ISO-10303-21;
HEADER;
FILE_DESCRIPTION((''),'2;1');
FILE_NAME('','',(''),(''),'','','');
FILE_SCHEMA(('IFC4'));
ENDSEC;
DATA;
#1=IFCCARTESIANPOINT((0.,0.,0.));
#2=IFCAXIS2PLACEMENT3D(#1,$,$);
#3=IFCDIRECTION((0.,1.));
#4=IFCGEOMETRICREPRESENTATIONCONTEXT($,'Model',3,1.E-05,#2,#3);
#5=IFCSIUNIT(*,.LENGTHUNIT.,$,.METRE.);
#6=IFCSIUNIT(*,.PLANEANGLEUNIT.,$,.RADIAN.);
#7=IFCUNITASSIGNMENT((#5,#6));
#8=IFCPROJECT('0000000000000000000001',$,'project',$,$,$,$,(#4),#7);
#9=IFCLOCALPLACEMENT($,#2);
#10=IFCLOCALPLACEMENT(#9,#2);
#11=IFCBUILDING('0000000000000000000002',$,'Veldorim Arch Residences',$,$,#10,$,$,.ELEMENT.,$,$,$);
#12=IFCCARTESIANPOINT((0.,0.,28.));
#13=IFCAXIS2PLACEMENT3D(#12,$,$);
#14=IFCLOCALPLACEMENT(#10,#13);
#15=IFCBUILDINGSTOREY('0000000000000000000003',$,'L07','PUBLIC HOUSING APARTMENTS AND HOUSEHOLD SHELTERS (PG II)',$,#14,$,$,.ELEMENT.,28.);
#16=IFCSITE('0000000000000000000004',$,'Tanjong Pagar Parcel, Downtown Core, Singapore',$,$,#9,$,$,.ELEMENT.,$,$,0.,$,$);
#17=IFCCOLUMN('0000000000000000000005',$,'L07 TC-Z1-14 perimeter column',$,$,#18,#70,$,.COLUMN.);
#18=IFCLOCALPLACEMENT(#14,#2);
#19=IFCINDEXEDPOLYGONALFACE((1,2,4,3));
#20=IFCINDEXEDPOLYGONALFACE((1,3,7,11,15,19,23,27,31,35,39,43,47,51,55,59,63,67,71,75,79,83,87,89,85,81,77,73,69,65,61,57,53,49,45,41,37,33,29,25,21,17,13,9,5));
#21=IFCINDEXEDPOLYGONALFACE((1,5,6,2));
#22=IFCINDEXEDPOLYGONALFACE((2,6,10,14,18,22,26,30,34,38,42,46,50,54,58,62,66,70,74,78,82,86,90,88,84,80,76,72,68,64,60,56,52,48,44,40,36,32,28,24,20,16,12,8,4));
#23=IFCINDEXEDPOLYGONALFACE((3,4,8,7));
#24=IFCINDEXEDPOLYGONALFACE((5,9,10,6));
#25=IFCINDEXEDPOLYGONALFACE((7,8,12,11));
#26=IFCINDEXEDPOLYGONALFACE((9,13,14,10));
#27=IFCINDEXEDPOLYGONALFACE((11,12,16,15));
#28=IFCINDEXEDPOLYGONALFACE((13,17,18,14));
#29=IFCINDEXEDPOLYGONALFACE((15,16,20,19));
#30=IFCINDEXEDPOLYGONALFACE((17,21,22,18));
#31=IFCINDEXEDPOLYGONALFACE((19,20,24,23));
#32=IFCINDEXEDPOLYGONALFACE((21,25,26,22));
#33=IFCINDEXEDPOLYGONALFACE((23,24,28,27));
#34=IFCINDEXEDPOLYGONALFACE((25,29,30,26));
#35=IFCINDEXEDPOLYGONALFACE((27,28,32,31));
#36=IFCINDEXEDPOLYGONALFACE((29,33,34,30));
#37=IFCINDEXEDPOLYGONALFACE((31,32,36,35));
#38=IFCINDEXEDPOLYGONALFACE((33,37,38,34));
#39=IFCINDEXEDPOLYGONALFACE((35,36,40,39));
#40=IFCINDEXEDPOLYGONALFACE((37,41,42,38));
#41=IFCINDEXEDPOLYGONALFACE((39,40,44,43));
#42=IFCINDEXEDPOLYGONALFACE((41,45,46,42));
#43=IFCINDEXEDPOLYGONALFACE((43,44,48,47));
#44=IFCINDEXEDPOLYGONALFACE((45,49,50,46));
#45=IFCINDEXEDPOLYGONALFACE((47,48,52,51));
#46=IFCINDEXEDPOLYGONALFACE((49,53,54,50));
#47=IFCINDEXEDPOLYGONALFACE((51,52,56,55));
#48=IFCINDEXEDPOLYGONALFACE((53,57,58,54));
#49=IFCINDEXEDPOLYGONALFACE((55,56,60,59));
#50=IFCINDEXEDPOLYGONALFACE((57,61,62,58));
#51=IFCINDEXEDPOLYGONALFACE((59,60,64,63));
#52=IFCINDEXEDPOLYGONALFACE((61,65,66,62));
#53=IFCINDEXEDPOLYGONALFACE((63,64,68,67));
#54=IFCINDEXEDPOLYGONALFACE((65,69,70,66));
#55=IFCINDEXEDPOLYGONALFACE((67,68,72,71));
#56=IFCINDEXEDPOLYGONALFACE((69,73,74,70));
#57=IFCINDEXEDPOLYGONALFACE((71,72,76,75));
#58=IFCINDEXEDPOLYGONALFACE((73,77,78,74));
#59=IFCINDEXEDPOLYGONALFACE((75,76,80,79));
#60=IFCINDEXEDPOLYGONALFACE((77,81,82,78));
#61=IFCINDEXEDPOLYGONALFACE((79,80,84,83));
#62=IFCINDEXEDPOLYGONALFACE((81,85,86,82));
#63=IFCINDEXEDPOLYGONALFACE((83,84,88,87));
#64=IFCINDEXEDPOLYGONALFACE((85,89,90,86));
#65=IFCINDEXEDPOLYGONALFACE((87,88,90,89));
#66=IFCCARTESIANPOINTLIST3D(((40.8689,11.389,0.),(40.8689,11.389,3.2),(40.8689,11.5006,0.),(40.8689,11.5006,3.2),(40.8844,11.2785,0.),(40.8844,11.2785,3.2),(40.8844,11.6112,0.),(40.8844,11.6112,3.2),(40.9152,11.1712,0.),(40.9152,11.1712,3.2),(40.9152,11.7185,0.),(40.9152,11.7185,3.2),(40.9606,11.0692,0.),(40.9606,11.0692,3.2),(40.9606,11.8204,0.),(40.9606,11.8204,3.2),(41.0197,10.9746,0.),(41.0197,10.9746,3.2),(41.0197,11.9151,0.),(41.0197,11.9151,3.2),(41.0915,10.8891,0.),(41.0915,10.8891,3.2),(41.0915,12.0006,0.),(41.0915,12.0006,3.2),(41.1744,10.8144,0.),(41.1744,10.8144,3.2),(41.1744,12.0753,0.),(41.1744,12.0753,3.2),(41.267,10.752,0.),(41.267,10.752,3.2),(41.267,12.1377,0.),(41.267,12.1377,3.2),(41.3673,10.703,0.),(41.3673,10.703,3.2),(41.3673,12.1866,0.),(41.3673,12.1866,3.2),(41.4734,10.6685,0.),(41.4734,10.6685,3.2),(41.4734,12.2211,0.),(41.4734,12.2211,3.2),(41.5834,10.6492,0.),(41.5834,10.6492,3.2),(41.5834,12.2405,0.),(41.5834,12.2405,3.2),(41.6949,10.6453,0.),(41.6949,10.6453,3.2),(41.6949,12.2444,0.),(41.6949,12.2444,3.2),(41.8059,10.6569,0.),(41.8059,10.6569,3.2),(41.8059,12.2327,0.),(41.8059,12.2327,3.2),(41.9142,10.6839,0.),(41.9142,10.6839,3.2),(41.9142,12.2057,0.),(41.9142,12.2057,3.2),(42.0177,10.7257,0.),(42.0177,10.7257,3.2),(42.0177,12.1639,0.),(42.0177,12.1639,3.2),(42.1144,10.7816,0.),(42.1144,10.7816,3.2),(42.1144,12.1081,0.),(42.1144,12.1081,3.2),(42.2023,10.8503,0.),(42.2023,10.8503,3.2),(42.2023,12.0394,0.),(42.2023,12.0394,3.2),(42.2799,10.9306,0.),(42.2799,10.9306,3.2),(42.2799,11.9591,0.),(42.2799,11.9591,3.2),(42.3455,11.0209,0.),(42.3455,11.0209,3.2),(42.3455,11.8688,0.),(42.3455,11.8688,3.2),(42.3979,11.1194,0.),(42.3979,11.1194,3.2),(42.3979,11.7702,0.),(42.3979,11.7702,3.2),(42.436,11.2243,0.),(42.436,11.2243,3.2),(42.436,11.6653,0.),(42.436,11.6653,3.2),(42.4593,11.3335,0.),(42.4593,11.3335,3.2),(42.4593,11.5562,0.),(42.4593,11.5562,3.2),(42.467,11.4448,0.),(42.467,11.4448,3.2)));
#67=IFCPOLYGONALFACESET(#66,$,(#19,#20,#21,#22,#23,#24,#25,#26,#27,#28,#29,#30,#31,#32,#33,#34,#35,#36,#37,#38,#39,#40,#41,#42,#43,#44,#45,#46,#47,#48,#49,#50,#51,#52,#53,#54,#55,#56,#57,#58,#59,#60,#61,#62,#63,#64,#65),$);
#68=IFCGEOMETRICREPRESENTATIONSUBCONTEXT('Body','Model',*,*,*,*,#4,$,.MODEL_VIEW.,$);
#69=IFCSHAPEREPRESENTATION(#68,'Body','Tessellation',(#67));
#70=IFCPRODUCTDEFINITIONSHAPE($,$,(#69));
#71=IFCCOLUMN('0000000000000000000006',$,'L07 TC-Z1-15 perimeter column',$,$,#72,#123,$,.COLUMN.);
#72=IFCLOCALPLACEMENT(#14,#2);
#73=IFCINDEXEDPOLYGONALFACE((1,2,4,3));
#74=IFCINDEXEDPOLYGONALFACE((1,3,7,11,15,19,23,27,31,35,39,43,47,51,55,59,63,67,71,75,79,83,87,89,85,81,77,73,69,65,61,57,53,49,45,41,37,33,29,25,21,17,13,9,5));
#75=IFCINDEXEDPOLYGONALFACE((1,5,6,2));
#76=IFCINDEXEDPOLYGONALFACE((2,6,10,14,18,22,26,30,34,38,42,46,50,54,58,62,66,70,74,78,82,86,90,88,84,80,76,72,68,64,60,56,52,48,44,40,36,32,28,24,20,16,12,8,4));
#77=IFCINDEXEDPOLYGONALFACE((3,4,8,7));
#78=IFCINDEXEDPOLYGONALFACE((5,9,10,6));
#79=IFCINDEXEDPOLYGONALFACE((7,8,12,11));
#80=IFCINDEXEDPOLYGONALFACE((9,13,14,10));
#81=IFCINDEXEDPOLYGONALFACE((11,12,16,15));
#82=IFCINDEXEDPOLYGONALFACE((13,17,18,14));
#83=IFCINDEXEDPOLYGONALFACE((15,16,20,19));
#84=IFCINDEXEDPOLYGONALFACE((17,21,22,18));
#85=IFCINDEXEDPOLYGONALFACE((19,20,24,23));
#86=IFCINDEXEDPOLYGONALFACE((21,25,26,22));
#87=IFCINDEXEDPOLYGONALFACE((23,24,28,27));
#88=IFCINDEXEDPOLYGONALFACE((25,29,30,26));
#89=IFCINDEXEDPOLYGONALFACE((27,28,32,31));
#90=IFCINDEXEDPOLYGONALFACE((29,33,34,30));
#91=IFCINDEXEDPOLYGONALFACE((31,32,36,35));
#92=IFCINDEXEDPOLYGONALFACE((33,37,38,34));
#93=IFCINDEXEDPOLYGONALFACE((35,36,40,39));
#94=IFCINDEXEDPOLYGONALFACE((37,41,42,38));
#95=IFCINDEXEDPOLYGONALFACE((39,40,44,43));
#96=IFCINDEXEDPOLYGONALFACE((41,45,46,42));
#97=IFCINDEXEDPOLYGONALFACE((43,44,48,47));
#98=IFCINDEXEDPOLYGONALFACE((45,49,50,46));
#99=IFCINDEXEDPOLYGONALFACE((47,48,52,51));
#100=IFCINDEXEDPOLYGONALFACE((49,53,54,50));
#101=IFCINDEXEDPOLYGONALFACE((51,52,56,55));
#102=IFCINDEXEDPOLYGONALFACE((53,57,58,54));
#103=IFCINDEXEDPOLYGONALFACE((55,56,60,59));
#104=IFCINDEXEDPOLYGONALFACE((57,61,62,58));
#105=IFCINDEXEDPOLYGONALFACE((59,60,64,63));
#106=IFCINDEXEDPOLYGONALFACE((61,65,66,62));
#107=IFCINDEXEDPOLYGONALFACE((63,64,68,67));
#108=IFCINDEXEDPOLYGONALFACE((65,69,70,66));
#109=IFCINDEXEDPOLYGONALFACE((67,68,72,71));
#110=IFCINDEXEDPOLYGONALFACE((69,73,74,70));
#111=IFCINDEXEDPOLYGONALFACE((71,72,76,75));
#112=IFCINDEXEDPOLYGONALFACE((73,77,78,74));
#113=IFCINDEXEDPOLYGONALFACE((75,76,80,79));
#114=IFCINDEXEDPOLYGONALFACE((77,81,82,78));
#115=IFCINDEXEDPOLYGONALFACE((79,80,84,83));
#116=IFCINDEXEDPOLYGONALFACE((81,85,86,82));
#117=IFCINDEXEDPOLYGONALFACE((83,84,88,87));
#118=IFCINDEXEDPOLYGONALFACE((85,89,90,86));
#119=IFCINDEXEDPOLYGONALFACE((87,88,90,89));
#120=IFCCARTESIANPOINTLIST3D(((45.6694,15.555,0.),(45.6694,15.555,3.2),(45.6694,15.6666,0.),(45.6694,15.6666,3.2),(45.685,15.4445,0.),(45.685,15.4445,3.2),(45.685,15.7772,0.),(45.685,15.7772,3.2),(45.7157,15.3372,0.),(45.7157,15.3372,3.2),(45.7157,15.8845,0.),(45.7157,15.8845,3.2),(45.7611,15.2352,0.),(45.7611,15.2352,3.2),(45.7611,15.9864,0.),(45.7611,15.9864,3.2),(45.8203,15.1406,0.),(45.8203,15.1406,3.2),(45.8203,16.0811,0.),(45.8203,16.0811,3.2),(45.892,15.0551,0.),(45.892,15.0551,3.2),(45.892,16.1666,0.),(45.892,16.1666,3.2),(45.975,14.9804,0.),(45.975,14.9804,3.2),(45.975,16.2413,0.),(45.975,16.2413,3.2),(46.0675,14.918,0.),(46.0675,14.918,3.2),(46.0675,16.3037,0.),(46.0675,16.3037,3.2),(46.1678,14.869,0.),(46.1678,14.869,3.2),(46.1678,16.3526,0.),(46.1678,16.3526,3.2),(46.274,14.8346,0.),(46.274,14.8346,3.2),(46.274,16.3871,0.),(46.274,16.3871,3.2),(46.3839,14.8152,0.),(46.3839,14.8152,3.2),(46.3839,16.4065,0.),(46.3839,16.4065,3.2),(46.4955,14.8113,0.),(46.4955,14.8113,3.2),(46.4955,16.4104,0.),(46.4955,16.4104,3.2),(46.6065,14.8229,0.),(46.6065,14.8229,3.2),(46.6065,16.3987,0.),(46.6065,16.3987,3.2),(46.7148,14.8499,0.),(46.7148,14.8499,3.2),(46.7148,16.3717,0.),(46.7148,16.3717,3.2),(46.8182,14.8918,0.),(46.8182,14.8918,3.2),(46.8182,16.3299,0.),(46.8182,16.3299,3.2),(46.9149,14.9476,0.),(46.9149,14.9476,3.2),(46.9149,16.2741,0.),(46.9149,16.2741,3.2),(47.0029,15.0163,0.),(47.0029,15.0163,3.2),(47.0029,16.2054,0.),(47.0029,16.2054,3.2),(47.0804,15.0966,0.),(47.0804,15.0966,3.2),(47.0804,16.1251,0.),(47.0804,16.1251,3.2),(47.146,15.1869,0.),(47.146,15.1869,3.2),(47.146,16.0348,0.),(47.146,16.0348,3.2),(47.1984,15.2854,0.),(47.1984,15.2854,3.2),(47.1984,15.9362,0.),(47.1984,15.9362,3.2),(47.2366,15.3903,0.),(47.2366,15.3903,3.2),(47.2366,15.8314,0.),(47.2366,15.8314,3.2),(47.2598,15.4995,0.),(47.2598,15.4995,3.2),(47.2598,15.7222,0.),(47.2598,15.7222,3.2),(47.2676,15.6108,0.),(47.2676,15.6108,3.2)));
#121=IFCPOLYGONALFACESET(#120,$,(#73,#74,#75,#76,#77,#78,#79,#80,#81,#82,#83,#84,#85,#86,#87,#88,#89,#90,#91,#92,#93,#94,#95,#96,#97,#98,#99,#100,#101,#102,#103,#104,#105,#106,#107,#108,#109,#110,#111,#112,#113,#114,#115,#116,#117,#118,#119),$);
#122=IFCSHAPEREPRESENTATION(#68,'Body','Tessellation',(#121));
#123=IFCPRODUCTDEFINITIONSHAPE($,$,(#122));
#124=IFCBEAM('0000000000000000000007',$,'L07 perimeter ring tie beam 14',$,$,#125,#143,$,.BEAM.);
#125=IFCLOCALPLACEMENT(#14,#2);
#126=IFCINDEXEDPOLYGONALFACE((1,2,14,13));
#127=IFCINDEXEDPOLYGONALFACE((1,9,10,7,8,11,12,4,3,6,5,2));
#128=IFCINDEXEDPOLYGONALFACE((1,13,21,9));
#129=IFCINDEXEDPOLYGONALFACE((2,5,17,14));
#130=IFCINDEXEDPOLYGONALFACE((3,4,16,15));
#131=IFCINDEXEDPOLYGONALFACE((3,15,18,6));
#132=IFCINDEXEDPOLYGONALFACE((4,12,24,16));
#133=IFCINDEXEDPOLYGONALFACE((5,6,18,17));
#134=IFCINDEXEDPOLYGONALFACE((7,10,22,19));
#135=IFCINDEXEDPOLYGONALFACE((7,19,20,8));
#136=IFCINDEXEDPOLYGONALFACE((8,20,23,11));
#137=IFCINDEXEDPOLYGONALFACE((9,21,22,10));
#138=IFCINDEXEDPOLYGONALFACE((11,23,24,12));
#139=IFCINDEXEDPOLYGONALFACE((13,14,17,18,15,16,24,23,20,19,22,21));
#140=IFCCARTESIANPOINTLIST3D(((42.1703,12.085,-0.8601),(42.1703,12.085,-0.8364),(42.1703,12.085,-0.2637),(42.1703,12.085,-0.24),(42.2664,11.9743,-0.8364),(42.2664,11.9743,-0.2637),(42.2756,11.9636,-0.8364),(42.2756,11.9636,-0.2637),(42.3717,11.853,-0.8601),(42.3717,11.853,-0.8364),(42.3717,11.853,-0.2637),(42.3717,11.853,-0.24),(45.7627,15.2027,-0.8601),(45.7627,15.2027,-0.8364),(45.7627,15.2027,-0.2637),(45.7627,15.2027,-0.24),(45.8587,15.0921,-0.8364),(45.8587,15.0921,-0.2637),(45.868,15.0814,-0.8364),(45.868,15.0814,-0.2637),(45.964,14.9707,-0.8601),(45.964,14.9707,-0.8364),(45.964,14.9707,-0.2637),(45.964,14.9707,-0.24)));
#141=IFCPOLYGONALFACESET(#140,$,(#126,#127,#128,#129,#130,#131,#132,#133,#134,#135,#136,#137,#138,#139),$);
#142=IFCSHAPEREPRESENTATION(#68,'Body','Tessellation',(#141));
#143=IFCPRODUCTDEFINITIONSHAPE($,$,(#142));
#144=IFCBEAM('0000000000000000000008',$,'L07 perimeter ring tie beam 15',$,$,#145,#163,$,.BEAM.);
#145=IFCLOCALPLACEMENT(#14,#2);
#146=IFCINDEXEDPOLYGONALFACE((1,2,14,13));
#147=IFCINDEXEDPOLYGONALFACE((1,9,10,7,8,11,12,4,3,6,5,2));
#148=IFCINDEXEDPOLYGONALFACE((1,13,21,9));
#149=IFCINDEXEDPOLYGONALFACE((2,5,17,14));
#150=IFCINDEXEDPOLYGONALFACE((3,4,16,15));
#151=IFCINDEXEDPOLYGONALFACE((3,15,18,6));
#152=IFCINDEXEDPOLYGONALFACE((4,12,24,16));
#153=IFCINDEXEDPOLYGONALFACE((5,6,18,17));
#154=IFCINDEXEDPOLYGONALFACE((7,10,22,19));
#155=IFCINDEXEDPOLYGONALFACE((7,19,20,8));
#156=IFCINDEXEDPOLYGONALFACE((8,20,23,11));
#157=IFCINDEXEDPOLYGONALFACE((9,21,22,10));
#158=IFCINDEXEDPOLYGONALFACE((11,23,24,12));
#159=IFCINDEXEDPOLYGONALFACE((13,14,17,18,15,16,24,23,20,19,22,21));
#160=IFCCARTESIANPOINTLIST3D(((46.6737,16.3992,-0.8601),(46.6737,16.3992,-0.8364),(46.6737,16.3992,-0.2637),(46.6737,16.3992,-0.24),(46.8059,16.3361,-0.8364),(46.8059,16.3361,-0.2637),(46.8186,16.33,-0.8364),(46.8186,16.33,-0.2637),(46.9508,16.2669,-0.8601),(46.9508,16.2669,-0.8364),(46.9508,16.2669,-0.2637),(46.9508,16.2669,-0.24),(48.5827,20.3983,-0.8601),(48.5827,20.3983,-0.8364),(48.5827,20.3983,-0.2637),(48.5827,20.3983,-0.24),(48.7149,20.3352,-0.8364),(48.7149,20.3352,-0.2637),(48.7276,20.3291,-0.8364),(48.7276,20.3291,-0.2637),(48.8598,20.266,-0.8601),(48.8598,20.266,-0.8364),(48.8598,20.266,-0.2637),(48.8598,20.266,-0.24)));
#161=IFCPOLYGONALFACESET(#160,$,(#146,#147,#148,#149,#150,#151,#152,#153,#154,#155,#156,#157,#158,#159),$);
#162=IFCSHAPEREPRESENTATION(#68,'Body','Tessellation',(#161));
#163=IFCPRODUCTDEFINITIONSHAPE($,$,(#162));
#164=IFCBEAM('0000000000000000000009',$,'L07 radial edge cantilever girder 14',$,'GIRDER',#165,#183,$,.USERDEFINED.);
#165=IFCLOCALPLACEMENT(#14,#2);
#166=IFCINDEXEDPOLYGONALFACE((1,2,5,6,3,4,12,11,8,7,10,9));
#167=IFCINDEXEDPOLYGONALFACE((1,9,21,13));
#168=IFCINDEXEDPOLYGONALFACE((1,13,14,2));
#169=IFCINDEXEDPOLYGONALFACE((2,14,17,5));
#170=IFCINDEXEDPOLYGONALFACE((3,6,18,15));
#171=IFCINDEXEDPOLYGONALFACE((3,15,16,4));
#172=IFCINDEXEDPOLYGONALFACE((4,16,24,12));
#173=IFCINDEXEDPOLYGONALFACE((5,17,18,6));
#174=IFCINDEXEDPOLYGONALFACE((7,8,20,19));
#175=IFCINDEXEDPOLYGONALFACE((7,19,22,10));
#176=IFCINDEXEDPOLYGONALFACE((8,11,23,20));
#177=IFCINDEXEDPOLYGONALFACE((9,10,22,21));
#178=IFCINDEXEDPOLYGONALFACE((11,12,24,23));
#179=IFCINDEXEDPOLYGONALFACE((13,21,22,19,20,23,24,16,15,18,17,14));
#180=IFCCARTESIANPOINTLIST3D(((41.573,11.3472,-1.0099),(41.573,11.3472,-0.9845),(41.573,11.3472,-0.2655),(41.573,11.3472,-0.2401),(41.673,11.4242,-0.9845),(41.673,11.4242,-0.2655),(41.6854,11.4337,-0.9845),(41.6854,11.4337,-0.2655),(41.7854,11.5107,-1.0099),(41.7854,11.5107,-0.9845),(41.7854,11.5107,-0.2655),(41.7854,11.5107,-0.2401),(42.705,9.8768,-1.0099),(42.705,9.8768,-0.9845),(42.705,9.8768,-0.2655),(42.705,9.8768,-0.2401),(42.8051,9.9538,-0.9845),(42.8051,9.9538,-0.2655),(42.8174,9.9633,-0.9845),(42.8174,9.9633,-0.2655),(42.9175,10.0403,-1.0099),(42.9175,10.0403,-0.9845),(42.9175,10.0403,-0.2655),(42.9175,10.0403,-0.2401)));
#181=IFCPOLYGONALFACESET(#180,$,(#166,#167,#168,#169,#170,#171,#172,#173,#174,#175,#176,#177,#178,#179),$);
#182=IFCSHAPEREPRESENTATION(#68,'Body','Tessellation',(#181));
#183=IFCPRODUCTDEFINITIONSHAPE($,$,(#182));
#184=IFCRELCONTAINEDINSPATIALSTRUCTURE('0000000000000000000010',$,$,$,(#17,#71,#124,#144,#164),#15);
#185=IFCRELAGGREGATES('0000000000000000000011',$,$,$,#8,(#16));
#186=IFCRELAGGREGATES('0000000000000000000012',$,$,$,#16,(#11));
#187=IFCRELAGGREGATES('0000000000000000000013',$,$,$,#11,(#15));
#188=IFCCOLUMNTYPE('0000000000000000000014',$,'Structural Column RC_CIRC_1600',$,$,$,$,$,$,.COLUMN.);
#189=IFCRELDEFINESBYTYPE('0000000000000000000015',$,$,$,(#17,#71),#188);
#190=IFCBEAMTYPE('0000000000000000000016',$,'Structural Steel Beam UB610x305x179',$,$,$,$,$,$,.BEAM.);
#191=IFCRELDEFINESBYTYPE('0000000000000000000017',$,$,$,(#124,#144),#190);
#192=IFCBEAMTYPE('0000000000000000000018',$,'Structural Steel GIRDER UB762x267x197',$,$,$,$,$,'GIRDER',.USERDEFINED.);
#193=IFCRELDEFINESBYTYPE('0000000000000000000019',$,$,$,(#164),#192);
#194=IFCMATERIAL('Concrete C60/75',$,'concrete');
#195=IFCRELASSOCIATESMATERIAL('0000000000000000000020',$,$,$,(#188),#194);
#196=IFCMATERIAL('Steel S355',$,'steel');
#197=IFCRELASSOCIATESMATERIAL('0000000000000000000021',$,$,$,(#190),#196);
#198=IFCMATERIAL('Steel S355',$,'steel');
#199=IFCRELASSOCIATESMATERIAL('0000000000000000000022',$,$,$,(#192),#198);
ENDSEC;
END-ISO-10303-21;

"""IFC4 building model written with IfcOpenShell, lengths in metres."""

from ifc_helpers import new_model, si_unit, direction, frame, origin, origin_2d, place, context, subcontext, project, spatial, circle, i_section, extrude, material, material_profile, profile_set, type_object, element, save


model = new_model("IFC4")

# Units and contexts
model_context = context("Model", 3, precision=1e-05, world=origin(), true_north=direction((0.0, 1.0)))
body_context = subcontext(model_context, "Body", "Model", "MODEL_VIEW")
ifc_project = project(units=[si_unit("LENGTHUNIT", "METRE"), si_unit("PLANEANGLEUNIT", "RADIAN")], contexts=[model_context])

# Site, building, storey
site_placement = place(None, origin())
site = spatial("IfcSite", under=ifc_project, at=site_placement, Name="Tanjong Pagar Parcel, Downtown Core, Singapore", CompositionType="ELEMENT", RefElevation=0.0)
building_placement = place(site_placement, origin())
building = spatial("IfcBuilding", under=site, at=building_placement, Name="Veldorim Arch Residences", CompositionType="ELEMENT")
storey_placement = place(building_placement, frame((0.0, 0.0, 28.0)))
storey = spatial("IfcBuildingStorey", under=building, at=storey_placement, Name="L07", Description="PUBLIC HOUSING APARTMENTS AND HOUSEHOLD SHELTERS (PG II)", CompositionType="ELEMENT", Elevation=28.0)

# Columns
ifc_material_1 = material(Name="Concrete C60/75", Category="concrete")
ifc_material_profile_1 = material_profile(ifc_material_1, circle(Radius=0.8, at=origin_2d()), Name="RC_CIRC_1600")
ifc_profile_set_1 = profile_set([ifc_material_profile_1], Name="Concrete C60/75")
column_type = type_object("IfcColumnType", Name="Structural Column RC_CIRC_1600", PredefinedType="COLUMN", material=ifc_profile_set_1)
for number, where, z_axis, x_axis, name in (
    (1, (41.667, 11.4448, 0.0), (0.0, 0.0, 1.0), (1.0, 0.0, 0.0), "L07 TC-Z1-14 perimeter column"),
    (2, (46.4675, 15.6108, 0.0), (0.0, 0.0, 1.0), (1.0, 0.0, 0.0), "L07 TC-Z1-15 perimeter column"),
):
    element("IfcColumn", number, at=place(storey_placement, frame(where, z_axis=z_axis, x_axis=x_axis)), inside=storey, type_object=column_type, Name=name, PredefinedType="COLUMN", context=body_context, shape_type="SweptSolid", body=[
        extrude(circle(Radius=0.8, at=origin_2d()), origin(), (0.0, 0.0, 1.0), 3.2),
    ])

# Beams
ifc_material_2 = material(Name="Steel S355", Category="steel")
ifc_material_profile_2 = material_profile(ifc_material_2, i_section(OverallWidth=0.3071, OverallDepth=0.6201, WebThickness=0.0142, FlangeThickness=0.0237, at=origin_2d()), Name="UB610x305x179")
ifc_profile_set_2 = profile_set([ifc_material_profile_2], Name="Steel S355")
beam_type_1 = type_object("IfcBeamType", Name="Structural Steel Beam UB610x305x179", PredefinedType="BEAM", material=ifc_profile_set_2)
beam_1_placement = place(storey_placement, frame((42.271, 11.969, -0.55), z_axis=(0.755235, 0.655454, 0.0), x_axis=(-0.655454, 0.755235, 0.0)))
element("IfcBeam", 3, at=beam_1_placement, inside=storey, type_object=beam_type_1, Name="L07 perimeter ring tie beam 14", PredefinedType="BEAM", context=body_context, shape_type="SweptSolid", body=[
    extrude(i_section(OverallWidth=0.3071, OverallDepth=0.6201, WebThickness=0.0142, FlangeThickness=0.0237, at=origin_2d()), origin(), (0.0, 0.0, 1.0), 4.7566),
])
beam_2_placement = place(storey_placement, frame((46.8123, 16.333, -0.55), z_axis=(0.430787, 0.902454, 0.0), x_axis=(-0.902454, 0.430787, 0.0)))
element("IfcBeam", 4, at=beam_2_placement, inside=storey, type_object=beam_type_1, Name="L07 perimeter ring tie beam 15", PredefinedType="BEAM", context=body_context, shape_type="SweptSolid", body=[
    extrude(i_section(OverallWidth=0.3071, OverallDepth=0.6201, WebThickness=0.0142, FlangeThickness=0.0237, at=origin_2d()), origin(), (0.0, 0.0, 1.0), 4.4314),
])
ifc_material_3 = material(Name="Steel S355", Category="steel")
ifc_material_profile_3 = material_profile(ifc_material_3, i_section(OverallWidth=0.2681, OverallDepth=0.7698, WebThickness=0.0156, FlangeThickness=0.0254, at=origin_2d()), Name="UB762x267x197")
ifc_profile_set_3 = profile_set([ifc_material_profile_3], Name="Steel S355")
beam_type_2 = type_object("IfcBeamType", Name="Structural Steel GIRDER UB762x267x197", ElementType="GIRDER", PredefinedType="USERDEFINED", material=ifc_profile_set_3)
beam_3_placement = place(storey_placement, frame((41.6792, 11.429, -0.625), z_axis=(0.610035, -0.792375, 0.0), x_axis=(0.792375, 0.610035, 0.0)))
element("IfcBeam", 5, at=beam_3_placement, inside=storey, type_object=beam_type_2, Name="L07 radial edge cantilever girder 14", ObjectType="GIRDER", PredefinedType="USERDEFINED", context=body_context, shape_type="SweptSolid", body=[
    extrude(i_section(OverallWidth=0.2681, OverallDepth=0.7698, WebThickness=0.0156, FlangeThickness=0.0254, at=origin_2d()), origin(), (0.0, 0.0, 1.0), 1.8557),
])

save(model, "model.ifc")
